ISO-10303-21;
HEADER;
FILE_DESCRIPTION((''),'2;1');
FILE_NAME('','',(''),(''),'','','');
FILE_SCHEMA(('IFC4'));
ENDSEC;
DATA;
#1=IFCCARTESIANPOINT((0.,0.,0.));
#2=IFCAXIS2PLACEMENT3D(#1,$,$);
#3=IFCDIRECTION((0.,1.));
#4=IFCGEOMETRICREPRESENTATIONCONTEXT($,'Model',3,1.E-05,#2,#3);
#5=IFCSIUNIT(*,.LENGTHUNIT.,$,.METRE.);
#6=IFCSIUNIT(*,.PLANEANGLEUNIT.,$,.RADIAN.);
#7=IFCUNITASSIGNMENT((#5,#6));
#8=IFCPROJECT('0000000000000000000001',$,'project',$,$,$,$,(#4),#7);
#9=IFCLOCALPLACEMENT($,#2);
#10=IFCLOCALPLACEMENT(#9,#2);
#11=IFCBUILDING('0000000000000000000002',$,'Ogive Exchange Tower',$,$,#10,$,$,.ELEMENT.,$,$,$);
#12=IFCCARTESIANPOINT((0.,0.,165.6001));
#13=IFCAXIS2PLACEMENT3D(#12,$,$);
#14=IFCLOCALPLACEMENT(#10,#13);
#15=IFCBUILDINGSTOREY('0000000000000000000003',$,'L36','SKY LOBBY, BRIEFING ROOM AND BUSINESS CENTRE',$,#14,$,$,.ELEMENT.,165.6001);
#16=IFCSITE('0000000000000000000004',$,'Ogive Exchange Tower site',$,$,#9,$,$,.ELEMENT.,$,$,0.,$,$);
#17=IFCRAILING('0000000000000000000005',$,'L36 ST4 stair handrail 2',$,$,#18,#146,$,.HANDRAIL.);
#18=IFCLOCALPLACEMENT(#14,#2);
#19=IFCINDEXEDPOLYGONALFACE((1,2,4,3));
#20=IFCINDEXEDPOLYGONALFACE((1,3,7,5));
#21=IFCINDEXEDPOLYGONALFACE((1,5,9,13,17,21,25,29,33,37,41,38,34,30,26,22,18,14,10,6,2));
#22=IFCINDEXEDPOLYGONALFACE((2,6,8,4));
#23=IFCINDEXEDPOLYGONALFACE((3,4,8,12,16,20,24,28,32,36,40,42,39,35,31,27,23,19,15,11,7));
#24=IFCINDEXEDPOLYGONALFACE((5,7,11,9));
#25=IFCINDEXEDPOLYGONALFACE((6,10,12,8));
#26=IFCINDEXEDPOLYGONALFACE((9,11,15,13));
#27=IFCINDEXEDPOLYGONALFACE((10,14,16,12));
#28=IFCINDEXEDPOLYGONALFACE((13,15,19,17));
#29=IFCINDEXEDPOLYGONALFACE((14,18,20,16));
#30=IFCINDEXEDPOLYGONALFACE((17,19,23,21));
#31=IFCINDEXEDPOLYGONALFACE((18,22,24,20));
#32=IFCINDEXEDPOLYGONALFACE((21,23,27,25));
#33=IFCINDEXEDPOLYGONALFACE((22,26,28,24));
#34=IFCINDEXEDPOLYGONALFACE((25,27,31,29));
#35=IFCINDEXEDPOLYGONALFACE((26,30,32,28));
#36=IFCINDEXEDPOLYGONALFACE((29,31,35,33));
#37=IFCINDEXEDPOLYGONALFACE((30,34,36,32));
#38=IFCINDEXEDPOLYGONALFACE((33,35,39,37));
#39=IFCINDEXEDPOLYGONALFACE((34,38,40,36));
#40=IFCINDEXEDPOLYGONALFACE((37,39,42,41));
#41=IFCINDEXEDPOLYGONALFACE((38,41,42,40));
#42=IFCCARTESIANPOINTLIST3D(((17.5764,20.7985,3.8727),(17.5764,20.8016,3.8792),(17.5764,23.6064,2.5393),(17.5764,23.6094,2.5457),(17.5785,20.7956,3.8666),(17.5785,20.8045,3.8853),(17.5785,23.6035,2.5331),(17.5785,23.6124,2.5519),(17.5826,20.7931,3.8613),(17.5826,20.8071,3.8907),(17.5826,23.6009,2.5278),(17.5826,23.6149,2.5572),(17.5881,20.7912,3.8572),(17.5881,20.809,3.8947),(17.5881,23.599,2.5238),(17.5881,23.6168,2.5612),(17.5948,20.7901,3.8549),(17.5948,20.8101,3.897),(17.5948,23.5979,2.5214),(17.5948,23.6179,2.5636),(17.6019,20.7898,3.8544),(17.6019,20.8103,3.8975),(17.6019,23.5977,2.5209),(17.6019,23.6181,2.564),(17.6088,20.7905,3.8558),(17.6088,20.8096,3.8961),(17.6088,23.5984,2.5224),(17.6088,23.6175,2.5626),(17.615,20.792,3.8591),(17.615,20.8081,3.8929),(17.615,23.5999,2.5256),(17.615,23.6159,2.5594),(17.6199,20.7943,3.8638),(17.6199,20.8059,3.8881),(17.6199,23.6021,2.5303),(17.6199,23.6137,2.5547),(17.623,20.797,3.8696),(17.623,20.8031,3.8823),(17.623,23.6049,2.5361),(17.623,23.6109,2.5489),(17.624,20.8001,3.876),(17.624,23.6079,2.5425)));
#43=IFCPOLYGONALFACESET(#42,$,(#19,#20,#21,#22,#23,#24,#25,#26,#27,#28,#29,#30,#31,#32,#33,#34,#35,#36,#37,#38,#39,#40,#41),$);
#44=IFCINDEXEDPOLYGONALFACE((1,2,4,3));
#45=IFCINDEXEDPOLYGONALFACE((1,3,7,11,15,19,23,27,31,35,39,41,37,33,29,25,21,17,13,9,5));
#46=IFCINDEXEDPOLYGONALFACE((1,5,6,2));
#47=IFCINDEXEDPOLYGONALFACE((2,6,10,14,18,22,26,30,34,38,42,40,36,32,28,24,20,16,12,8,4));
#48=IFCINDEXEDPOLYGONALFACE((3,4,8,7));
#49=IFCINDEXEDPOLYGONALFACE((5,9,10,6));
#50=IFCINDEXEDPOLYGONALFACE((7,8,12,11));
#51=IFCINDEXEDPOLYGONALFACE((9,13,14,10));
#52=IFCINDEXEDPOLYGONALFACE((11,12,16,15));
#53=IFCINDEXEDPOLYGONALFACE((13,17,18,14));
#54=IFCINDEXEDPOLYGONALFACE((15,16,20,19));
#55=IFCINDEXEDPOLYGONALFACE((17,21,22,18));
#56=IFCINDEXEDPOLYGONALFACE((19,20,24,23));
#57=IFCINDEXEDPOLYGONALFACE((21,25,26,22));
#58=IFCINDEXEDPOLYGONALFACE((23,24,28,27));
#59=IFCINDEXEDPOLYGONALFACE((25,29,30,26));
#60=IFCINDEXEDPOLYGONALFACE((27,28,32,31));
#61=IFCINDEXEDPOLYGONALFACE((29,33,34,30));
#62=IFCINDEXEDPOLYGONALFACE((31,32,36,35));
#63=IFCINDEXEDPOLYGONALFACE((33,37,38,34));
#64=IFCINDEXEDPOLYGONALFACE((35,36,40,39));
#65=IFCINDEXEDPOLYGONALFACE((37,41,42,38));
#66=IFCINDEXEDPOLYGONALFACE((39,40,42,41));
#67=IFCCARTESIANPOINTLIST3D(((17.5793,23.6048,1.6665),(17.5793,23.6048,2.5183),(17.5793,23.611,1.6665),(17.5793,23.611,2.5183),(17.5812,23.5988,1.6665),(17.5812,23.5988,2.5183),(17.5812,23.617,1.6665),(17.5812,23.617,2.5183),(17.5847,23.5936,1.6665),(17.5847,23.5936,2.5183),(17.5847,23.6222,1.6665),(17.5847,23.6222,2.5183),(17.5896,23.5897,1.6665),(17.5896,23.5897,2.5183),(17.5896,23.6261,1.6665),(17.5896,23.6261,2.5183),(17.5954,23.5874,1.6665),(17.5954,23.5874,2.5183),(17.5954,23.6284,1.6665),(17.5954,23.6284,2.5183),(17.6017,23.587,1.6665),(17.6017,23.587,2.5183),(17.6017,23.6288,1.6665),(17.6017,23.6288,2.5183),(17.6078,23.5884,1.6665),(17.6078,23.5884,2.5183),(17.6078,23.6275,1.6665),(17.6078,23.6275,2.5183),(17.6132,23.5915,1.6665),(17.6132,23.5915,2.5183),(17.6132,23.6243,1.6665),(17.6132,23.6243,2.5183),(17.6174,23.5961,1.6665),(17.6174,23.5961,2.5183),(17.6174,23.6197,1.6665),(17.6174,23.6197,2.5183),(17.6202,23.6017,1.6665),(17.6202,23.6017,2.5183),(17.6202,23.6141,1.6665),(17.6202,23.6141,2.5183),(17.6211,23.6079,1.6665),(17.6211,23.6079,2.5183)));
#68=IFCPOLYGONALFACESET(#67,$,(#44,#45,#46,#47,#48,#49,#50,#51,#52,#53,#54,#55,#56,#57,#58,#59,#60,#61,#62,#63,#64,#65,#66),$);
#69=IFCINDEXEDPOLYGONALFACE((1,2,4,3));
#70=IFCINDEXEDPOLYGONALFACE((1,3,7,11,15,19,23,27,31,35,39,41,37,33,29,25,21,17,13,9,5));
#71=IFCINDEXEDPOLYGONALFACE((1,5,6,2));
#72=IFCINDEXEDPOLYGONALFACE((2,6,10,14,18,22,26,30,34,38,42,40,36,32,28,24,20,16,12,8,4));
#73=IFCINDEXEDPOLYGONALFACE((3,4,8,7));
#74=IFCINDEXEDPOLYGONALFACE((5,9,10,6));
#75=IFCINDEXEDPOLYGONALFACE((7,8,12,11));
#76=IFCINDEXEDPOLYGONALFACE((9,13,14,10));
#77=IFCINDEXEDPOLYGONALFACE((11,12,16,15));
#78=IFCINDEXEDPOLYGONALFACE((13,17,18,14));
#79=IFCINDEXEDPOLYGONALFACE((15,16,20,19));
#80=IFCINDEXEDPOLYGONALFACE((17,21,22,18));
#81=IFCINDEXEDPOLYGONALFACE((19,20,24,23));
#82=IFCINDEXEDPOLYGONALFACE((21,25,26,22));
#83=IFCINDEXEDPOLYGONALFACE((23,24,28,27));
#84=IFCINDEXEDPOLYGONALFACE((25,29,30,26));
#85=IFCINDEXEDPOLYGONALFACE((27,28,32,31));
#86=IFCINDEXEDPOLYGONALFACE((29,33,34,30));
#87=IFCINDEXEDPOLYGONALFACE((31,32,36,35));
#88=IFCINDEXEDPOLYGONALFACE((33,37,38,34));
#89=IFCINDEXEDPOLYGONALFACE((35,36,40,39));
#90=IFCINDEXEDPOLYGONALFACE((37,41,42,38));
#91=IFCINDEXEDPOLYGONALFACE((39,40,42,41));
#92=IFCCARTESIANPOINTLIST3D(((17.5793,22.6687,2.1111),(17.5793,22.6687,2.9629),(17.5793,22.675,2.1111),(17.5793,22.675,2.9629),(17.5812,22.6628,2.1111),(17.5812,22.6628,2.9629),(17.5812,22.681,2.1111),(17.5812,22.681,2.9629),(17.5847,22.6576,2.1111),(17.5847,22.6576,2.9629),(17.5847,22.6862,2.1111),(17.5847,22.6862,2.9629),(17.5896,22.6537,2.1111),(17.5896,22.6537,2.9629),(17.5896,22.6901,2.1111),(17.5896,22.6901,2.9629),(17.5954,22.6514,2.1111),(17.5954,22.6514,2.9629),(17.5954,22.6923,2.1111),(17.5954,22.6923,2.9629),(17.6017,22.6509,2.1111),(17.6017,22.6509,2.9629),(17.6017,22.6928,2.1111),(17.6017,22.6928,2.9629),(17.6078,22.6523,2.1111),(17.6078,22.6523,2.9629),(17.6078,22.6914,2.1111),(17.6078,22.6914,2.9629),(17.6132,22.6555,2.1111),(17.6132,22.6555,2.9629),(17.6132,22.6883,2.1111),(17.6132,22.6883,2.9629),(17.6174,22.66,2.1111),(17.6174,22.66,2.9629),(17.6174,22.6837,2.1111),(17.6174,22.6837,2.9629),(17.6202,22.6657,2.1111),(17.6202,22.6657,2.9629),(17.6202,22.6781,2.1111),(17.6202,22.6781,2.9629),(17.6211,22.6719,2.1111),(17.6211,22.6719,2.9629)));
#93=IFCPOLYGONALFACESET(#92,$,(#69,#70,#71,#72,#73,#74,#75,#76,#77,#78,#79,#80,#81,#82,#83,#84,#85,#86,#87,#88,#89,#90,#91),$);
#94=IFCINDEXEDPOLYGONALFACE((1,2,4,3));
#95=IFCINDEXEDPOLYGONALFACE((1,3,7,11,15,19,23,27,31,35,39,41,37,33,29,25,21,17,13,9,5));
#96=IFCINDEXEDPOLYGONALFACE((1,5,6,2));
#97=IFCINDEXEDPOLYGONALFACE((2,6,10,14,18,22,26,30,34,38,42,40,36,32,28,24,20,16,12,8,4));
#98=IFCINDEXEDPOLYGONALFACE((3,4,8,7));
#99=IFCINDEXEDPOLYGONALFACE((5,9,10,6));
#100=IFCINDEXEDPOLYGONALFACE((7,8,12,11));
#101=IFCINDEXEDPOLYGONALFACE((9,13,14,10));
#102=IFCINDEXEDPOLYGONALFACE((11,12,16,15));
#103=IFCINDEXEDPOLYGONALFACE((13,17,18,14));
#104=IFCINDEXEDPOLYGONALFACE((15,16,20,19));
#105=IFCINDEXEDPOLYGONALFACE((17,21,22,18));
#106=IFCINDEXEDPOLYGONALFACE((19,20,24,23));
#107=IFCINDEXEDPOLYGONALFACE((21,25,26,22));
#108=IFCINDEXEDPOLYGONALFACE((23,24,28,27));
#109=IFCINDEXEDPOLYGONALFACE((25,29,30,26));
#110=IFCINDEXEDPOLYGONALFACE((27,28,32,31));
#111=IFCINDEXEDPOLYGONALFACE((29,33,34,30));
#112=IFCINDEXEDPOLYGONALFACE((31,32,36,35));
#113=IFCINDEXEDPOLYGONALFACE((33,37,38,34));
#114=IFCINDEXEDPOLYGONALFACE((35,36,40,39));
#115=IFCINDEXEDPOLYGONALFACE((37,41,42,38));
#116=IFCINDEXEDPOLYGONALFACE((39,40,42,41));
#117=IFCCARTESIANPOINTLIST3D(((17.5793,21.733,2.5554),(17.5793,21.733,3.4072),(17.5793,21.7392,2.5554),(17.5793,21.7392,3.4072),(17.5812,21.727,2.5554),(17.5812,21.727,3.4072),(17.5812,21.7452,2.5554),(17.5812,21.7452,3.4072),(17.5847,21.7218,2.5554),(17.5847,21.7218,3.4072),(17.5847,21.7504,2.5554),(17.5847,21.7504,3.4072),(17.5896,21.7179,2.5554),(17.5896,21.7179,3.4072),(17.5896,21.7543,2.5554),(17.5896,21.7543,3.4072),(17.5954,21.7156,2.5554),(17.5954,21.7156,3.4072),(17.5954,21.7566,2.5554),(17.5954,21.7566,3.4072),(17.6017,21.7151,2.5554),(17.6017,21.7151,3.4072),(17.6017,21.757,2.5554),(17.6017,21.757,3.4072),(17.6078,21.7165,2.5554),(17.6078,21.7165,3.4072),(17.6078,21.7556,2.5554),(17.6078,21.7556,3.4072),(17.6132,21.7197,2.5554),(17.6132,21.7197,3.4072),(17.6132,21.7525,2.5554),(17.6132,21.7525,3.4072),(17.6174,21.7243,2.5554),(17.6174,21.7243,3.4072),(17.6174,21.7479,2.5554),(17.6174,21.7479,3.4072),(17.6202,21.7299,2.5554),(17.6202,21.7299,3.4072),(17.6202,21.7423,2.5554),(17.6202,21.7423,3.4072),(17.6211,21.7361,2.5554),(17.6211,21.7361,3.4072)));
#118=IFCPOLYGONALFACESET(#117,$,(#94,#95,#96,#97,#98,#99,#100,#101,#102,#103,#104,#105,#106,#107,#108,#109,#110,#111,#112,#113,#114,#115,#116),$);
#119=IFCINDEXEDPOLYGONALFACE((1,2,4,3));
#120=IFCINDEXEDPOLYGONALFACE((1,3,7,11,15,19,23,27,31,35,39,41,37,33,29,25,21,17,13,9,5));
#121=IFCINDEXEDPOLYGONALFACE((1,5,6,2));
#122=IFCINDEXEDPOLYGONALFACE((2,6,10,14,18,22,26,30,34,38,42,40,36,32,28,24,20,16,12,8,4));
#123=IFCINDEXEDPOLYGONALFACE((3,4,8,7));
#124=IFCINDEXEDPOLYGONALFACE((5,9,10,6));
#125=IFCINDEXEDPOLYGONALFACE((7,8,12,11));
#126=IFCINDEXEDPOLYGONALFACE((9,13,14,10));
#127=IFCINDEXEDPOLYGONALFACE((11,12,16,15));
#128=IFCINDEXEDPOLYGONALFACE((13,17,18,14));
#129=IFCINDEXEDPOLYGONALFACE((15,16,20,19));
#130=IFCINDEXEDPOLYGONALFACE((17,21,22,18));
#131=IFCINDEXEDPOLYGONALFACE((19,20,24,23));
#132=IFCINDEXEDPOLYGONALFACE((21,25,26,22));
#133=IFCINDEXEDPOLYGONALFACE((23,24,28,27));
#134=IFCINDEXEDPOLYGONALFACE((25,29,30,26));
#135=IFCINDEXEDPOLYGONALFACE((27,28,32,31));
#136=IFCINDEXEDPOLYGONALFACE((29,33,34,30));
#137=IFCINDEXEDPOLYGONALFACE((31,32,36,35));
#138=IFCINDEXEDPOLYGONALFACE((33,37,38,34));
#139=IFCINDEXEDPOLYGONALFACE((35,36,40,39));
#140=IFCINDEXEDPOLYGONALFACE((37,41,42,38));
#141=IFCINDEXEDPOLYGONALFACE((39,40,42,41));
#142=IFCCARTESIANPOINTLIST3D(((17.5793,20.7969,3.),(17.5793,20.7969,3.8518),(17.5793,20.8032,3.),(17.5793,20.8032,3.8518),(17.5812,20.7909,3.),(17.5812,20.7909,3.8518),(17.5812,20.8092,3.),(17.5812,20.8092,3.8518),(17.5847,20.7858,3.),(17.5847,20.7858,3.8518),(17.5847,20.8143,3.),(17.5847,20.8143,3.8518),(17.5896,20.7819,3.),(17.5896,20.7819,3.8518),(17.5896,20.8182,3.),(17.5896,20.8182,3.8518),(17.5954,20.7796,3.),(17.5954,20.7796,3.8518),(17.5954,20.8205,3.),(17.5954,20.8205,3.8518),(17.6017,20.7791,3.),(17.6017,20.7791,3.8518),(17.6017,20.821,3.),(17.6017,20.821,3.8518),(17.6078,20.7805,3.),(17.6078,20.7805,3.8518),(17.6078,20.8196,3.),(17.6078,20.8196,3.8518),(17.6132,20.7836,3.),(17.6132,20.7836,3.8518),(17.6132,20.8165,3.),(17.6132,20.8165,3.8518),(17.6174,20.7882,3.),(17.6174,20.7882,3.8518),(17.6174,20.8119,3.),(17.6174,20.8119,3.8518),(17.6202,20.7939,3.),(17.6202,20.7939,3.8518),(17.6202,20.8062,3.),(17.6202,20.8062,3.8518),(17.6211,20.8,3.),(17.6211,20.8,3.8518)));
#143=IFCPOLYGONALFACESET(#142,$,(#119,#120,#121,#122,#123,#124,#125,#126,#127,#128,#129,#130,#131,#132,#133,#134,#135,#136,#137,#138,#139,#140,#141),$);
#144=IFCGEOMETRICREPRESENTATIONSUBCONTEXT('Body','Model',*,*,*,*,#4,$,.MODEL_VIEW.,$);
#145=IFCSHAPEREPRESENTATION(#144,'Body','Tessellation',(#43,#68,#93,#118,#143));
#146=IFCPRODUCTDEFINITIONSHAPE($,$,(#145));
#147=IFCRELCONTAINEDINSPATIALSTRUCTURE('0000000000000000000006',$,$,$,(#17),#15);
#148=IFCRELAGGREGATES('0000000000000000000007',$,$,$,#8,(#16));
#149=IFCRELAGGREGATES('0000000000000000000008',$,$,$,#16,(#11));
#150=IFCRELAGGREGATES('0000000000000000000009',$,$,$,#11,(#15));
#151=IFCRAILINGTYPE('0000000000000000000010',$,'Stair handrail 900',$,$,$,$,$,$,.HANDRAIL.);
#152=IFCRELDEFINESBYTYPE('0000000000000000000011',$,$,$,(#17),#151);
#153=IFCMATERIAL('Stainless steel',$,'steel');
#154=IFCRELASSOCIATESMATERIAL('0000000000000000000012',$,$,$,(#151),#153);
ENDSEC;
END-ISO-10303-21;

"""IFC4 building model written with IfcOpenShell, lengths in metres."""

from ifc_helpers import new_model, si_unit, direction, frame, origin, origin_2d, place, context, subcontext, project, spatial, circle, extrude, material, type_object, element, save


model = new_model("IFC4")

# Units and contexts
model_context = context("Model", 3, precision=1e-05, world=origin(), true_north=direction((0.0, 1.0)))
body_context = subcontext(model_context, "Body", "Model", "MODEL_VIEW")
ifc_project = project(units=[si_unit("LENGTHUNIT", "METRE"), si_unit("PLANEANGLEUNIT", "RADIAN")], contexts=[model_context])

# Site, building, storey
site_placement = place(None, origin())
site = spatial("IfcSite", under=ifc_project, at=site_placement, Name="Ogive Exchange Tower site", CompositionType="ELEMENT", RefElevation=0.0)
building_placement = place(site_placement, origin())
building = spatial("IfcBuilding", under=site, at=building_placement, Name="Ogive Exchange Tower", CompositionType="ELEMENT")
storey_placement = place(building_placement, frame((0.0, 0.0, 165.6001)))
storey = spatial("IfcBuildingStorey", under=building, at=storey_placement, Name="L36", Description="SKY LOBBY, BRIEFING ROOM AND BUSINESS CENTRE", CompositionType="ELEMENT", Elevation=165.6001)

# Railing
ifc_material_1 = material(Name="Stainless steel", Category="steel")
railing_type = type_object("IfcRailingType", Name="Stair handrail 900", PredefinedType="HANDRAIL", material=ifc_material_1)
for number, where, name in (
    (1, (17.6001, 23.6079, 1.6665), "L36 ST4 stair handrail 2"),
):
    element("IfcRailing", number, at=place(storey_placement, frame(where)), inside=storey, type_object=railing_type, Name=name, PredefinedType="HANDRAIL", context=body_context, shape_type="SweptSolid", body=[
        extrude(circle(Radius=0.0239, at=origin_2d()), frame((0.0, 0.0, 0.876), z_axis=(0.0, -0.903307, 0.428994), x_axis=(1.0, 0.0, 0.0)), (0.0, 0.0, 1.0), 3.1084),
        extrude(circle(Radius=0.021, at=origin_2d()), origin(), (0.0, 0.0, 1.0), 0.8518),
        extrude(circle(Radius=0.021, at=origin_2d()), frame((0.0, -0.936, 0.4446)), (0.0, 0.0, 1.0), 0.8518),
        extrude(circle(Radius=0.021, at=origin_2d()), frame((0.0, -1.8718, 0.8889)), (0.0, 0.0, 1.0), 0.8518),
        extrude(circle(Radius=0.021, at=origin_2d()), frame((0.0, -2.8079, 1.3335)), (0.0, 0.0, 1.0), 0.8518),
    ])

save(model, "model.ifc")
